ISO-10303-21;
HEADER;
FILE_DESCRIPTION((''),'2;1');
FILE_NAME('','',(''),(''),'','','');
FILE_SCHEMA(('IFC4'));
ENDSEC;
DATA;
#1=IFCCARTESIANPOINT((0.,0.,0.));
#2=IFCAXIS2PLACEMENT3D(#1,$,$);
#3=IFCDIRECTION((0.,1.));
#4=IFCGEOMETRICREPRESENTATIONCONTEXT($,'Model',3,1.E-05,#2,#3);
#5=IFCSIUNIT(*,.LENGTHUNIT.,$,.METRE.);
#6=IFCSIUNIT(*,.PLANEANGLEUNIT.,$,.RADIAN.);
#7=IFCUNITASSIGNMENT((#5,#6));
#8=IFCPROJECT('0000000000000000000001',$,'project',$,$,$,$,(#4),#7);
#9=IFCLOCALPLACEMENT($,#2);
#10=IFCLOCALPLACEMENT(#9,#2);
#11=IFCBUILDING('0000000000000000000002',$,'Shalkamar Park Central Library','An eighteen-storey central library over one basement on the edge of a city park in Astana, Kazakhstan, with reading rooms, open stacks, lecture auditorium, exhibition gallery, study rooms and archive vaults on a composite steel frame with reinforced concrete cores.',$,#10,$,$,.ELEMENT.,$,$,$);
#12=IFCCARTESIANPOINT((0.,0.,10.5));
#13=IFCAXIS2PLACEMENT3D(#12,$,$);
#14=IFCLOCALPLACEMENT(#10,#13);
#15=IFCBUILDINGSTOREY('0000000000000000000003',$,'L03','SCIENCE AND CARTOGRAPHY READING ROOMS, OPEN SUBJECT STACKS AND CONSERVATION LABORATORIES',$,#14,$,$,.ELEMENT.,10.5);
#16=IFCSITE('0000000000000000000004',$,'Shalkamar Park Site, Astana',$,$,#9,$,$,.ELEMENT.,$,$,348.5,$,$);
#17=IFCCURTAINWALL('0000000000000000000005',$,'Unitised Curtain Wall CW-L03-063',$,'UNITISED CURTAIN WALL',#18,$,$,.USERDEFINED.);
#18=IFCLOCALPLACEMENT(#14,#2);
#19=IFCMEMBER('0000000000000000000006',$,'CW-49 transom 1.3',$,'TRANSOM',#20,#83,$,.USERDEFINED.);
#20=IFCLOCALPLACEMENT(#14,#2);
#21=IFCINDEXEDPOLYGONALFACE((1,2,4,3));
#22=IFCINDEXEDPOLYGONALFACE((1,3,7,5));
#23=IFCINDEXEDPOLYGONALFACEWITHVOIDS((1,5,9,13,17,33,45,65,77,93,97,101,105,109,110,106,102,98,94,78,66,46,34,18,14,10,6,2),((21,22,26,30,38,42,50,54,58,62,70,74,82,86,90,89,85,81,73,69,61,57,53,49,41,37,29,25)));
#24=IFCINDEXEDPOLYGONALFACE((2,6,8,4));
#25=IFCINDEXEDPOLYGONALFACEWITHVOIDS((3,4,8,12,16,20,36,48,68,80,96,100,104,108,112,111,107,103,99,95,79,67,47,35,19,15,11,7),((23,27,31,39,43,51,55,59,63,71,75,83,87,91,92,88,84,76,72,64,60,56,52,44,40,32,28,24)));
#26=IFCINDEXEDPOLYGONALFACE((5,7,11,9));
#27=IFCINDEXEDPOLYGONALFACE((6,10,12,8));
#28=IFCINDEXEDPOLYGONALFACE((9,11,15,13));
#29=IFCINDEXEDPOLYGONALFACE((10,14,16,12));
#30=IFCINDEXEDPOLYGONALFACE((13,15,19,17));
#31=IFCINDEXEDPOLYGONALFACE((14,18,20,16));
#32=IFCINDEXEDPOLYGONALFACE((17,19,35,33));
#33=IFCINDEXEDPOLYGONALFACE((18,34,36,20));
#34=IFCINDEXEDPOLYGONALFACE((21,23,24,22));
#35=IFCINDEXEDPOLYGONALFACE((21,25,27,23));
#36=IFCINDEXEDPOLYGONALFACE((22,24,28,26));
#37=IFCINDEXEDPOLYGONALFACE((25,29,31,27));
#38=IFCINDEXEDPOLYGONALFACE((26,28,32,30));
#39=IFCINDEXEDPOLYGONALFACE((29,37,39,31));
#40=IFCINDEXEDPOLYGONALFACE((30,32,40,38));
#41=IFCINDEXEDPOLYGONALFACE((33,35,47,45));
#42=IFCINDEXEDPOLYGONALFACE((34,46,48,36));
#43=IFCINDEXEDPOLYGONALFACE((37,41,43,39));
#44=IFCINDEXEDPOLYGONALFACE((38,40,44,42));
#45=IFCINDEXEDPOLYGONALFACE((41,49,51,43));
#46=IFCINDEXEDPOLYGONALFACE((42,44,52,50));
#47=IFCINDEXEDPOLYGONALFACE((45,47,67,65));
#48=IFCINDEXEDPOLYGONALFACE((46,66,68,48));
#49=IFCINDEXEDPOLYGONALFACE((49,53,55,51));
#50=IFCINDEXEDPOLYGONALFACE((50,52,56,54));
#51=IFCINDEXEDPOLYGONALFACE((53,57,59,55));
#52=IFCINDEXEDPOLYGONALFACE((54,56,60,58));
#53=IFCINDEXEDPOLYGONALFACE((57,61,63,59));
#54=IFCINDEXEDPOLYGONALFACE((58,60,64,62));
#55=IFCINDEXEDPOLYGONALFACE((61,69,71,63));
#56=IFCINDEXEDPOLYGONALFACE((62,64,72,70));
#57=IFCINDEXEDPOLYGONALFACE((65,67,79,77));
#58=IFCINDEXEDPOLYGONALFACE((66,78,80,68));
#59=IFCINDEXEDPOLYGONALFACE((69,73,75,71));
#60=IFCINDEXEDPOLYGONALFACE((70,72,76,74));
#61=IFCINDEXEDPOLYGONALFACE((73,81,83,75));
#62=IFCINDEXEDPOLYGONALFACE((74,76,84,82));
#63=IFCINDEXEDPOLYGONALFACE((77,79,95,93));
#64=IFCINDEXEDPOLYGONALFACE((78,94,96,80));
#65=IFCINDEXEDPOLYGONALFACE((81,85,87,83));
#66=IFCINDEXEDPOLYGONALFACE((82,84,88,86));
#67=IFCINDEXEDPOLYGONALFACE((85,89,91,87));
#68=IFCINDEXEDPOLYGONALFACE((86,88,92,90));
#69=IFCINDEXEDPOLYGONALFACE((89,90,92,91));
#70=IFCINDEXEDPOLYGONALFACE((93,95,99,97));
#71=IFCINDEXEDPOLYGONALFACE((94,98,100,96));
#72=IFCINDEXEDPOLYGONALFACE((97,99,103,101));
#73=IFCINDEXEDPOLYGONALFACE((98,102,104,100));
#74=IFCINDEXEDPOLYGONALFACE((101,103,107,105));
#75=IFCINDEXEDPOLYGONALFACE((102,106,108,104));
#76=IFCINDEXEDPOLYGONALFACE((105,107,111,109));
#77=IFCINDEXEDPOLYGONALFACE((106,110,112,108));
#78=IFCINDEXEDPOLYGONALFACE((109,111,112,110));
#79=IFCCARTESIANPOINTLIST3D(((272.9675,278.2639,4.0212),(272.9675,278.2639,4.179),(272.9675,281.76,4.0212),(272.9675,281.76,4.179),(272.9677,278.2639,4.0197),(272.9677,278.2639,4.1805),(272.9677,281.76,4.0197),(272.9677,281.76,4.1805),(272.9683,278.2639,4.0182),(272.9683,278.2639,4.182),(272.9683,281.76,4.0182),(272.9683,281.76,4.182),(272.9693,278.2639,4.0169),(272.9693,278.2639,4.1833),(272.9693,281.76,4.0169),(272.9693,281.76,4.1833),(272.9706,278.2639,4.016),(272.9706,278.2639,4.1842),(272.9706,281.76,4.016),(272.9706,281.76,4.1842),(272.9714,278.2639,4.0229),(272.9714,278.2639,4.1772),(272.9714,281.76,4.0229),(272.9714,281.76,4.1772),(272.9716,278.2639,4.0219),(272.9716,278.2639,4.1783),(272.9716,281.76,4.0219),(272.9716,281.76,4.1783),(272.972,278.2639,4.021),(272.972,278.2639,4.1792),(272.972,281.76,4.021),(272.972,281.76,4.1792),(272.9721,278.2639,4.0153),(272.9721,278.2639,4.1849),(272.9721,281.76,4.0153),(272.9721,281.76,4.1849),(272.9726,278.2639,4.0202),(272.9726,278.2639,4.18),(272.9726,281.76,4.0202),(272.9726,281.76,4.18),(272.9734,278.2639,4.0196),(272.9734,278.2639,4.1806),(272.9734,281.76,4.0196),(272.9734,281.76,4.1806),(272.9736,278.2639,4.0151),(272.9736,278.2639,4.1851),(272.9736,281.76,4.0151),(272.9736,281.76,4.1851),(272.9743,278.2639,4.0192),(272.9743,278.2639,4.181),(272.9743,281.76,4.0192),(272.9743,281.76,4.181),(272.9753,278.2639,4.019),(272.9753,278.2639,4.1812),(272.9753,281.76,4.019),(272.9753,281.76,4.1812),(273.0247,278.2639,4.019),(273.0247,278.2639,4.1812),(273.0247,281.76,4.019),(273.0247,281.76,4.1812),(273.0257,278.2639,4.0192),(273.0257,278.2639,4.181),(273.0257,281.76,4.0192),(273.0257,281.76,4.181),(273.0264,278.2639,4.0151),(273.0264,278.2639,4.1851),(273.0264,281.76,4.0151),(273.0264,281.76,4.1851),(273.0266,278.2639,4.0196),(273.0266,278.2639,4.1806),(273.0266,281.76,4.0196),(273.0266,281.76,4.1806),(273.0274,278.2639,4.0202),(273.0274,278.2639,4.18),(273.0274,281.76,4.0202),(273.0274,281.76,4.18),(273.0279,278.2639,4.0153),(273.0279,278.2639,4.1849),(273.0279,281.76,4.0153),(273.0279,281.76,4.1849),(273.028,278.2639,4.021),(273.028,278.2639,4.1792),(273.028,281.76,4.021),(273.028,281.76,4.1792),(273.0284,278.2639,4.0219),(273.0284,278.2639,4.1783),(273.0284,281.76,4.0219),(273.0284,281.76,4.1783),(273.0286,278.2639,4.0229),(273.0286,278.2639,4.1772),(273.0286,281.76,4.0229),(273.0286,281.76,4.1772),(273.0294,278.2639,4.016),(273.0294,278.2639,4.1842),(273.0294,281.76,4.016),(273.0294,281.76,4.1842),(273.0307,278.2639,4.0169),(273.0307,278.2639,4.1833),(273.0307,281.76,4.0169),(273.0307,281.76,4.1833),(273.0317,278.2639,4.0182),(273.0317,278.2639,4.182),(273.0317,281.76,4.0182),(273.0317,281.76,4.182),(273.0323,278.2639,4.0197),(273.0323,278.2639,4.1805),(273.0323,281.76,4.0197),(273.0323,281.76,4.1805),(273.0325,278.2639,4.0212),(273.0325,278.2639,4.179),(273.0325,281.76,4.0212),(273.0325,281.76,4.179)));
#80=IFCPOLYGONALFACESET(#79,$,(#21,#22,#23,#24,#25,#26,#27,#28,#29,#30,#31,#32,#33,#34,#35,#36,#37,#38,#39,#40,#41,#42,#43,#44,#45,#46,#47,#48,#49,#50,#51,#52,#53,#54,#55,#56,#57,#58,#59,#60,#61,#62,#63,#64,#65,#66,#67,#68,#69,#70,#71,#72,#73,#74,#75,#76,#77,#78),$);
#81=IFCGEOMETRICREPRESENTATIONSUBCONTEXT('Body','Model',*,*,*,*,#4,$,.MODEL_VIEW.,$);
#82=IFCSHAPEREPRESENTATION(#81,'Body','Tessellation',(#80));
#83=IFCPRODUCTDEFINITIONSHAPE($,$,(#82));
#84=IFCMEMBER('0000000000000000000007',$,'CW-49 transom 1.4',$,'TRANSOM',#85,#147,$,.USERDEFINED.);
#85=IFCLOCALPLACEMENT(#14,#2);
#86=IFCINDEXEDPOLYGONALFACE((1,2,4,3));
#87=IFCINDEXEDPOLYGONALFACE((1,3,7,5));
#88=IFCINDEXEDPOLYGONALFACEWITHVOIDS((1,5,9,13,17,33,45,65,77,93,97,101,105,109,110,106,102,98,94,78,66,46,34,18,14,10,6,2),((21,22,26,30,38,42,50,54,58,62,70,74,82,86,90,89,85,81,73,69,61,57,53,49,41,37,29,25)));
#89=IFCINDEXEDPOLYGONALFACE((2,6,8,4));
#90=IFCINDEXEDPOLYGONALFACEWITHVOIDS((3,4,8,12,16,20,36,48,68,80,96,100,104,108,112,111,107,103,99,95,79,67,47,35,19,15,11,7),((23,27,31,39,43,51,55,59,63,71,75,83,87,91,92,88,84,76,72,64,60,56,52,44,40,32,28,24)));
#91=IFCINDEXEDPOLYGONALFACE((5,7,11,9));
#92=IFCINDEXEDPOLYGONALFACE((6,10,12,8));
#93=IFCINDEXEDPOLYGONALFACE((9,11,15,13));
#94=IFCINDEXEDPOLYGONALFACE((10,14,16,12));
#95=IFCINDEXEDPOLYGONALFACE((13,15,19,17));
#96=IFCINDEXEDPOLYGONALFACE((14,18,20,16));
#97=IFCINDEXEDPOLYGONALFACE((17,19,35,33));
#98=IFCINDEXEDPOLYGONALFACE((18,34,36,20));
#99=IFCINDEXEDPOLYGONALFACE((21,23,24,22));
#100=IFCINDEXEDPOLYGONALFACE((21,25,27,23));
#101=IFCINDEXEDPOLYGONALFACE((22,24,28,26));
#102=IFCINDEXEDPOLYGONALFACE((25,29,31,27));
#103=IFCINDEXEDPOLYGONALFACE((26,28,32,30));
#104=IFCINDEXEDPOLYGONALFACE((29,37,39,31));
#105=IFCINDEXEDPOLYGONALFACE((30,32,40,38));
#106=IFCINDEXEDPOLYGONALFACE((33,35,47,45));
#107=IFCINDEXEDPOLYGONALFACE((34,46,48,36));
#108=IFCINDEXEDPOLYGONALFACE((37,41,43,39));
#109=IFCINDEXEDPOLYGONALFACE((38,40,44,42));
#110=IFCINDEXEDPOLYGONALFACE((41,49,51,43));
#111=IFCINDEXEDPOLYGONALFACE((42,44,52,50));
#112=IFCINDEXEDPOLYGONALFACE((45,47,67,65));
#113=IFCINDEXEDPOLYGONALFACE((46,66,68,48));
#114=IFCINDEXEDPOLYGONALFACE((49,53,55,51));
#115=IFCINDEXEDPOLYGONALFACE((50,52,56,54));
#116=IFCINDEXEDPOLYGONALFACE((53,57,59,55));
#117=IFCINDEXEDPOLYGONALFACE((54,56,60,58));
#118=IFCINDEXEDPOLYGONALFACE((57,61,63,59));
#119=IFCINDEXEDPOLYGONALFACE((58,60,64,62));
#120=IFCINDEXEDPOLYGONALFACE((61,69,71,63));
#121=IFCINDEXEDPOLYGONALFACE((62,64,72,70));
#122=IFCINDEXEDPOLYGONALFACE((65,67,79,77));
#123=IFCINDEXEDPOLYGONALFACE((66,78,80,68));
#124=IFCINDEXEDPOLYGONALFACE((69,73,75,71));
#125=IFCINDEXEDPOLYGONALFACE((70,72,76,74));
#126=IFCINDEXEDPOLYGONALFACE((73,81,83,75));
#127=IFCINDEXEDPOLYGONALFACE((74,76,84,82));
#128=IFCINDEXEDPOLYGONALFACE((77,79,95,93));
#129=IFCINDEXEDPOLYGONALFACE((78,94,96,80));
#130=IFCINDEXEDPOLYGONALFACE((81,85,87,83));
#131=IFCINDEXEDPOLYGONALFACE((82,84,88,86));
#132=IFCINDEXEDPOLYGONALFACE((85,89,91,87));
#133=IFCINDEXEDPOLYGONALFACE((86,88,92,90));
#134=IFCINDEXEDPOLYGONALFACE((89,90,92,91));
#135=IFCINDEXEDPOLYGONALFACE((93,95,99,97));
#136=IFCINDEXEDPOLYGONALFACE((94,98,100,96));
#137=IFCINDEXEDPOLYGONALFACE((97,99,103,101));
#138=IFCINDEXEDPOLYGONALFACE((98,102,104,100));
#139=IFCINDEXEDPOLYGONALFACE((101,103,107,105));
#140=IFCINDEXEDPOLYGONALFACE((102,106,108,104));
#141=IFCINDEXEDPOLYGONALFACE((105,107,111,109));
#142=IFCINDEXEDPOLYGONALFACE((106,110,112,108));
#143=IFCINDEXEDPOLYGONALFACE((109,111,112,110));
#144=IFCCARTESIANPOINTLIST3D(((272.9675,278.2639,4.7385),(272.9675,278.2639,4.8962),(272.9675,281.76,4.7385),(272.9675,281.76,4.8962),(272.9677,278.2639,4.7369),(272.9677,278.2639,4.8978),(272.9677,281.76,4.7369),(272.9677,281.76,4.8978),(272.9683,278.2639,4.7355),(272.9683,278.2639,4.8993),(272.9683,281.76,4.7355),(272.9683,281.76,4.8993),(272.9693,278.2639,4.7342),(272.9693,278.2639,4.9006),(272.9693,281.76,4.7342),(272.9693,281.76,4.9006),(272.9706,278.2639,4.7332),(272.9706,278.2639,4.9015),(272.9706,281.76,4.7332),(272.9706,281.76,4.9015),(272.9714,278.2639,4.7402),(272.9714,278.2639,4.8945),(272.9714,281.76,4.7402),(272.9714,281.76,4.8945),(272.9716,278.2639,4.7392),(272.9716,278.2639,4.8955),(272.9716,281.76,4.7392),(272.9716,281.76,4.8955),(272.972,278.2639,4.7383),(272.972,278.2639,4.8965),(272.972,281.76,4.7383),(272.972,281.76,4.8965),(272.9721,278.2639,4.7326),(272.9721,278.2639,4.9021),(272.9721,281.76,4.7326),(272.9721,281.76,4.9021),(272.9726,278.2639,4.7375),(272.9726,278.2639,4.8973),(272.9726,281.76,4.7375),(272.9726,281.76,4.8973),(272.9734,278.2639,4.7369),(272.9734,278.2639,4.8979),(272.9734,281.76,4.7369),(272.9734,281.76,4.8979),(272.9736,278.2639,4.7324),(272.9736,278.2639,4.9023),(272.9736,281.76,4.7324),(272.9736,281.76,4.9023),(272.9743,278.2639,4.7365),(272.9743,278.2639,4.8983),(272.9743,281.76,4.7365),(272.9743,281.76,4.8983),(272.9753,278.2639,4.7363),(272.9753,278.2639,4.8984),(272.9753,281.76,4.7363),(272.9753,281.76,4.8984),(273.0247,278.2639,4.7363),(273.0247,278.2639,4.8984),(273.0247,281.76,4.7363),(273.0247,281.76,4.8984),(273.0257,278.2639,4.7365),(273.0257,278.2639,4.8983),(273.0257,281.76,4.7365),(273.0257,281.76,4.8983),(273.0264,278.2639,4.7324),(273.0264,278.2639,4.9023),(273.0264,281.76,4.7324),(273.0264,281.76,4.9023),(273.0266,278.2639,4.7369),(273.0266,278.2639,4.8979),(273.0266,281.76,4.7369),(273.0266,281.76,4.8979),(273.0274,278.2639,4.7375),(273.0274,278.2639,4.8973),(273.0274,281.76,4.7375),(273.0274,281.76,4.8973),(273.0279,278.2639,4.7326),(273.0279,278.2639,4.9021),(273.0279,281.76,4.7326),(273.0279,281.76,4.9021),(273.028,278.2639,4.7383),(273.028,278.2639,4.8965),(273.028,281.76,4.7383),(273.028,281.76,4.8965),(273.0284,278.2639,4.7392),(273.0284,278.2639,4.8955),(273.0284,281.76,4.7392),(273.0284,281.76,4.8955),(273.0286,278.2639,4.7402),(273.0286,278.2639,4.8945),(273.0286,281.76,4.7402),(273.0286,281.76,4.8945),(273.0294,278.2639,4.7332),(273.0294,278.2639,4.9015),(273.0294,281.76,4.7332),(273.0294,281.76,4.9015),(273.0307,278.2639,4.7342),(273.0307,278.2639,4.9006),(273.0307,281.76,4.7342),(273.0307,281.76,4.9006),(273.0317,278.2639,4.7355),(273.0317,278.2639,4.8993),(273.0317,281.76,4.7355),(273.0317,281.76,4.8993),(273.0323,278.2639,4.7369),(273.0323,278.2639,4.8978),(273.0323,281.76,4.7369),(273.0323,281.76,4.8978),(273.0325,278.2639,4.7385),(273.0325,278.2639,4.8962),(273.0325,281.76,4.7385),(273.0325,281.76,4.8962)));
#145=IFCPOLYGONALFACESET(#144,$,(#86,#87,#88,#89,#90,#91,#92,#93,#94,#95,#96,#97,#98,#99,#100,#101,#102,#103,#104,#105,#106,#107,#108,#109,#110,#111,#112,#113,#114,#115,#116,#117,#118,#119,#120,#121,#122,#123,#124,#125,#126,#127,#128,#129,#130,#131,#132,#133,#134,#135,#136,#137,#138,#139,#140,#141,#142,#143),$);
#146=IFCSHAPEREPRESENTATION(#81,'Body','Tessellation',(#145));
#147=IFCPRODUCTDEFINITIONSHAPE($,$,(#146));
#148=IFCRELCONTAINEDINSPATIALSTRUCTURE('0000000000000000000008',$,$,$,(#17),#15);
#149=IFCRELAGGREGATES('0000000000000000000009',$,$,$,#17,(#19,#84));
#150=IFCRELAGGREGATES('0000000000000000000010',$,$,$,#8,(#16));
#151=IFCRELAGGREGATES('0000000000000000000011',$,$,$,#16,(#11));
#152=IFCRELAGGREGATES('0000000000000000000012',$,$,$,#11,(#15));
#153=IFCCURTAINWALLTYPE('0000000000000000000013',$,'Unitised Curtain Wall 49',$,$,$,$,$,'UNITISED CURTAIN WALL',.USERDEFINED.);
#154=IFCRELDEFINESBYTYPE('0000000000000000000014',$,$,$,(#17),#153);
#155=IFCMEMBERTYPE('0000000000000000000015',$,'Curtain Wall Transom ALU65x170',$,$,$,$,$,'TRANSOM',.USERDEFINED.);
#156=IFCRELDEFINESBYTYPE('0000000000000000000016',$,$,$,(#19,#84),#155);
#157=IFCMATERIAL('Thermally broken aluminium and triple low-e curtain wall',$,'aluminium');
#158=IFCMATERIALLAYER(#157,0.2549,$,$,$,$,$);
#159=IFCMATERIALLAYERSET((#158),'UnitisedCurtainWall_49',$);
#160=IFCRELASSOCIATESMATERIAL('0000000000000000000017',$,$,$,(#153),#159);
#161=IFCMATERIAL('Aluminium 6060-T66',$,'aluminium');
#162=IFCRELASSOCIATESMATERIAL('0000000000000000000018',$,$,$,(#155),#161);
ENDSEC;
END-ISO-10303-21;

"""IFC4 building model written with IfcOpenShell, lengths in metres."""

from ifc_helpers import new_model, si_unit, direction, frame, origin, origin_2d, place, context, subcontext, project, spatial, hollow_rectangle, extrude, material, layer, layer_set, material_profile, profile_set, type_object, element, aggregate, save


model = new_model("IFC4")

# Units and contexts
model_context = context("Model", 3, precision=1e-05, world=origin(), true_north=direction((0.0, 1.0)))
body_context = subcontext(model_context, "Body", "Model", "MODEL_VIEW")
ifc_project = project(units=[si_unit("LENGTHUNIT", "METRE"), si_unit("PLANEANGLEUNIT", "RADIAN")], contexts=[model_context])

# Site, building, storey
site_placement = place(None, origin())
site = spatial("IfcSite", under=ifc_project, at=site_placement, Name="Shalkamar Park Site, Astana", CompositionType="ELEMENT", RefElevation=348.5)
building_placement = place(site_placement, origin())
building = spatial("IfcBuilding", under=site, at=building_placement, Name="Shalkamar Park Central Library", Description="An eighteen-storey central library over one basement on the edge of a city park in Astana, Kazakhstan, with reading rooms, open stacks, lecture auditorium, exhibition gallery, study rooms and archive vaults on a composite steel frame with reinforced concrete cores.", CompositionType="ELEMENT")
storey_placement = place(building_placement, frame((0.0, 0.0, 10.5)))
storey = spatial("IfcBuildingStorey", under=building, at=storey_placement, Name="L03", Description="SCIENCE AND CARTOGRAPHY READING ROOMS, OPEN SUBJECT STACKS AND CONSERVATION LABORATORIES", CompositionType="ELEMENT", Elevation=10.5)

# Curtain wall, members
ifc_material_1 = material(Name="Thermally broken aluminium and triple low-e curtain wall", Category="aluminium")
ifc_layer_1 = layer(ifc_material_1, 0.2549)
ifc_layer_set_1 = layer_set([ifc_layer_1], Name="UnitisedCurtainWall_49")
curtain_wall_type = type_object("IfcCurtainWallType", Name="Unitised Curtain Wall 49", ElementType="UNITISED CURTAIN WALL", PredefinedType="USERDEFINED", material=ifc_layer_set_1)
curtain_wall_placement = place(storey_placement, origin())
curtain_wall = element("IfcCurtainWall", 1, at=curtain_wall_placement, inside=storey, type_object=curtain_wall_type, Name="Unitised Curtain Wall CW-L03-063", ObjectType="UNITISED CURTAIN WALL", PredefinedType="USERDEFINED")
ifc_material_2 = material(Name="Aluminium 6060-T66", Category="aluminium")
ifc_material_profile_1 = material_profile(ifc_material_2, hollow_rectangle(XDim=0.0649, YDim=0.1699, WallThickness=0.0039, InnerFilletRadius=0.0039, OuterFilletRadius=0.0061, at=origin_2d()), Name="ALU 65x170x4")
ifc_profile_set_1 = profile_set([ifc_material_profile_1], Name="Aluminium 6060-T66")
member_type_1 = type_object("IfcMemberType", Name="Curtain Wall Transom ALU65x170", ElementType="TRANSOM", PredefinedType="USERDEFINED", material=ifc_profile_set_1)
member_1_placement = place(storey_placement, frame((273.0, 278.2639, 4.1001), z_axis=(0.0, 1.0, 0.0), x_axis=(-1.0, 0.0, 0.0)))
member_1 = element("IfcMember", 2, at=member_1_placement, type_object=member_type_1, Name="CW-49 transom 1.3", ObjectType="TRANSOM", PredefinedType="USERDEFINED", context=body_context, shape_type="SweptSolid", body=[
    extrude(hollow_rectangle(XDim=0.0649, YDim=0.1699, WallThickness=0.0039, InnerFilletRadius=0.0039, OuterFilletRadius=0.0061, at=origin_2d()), origin(), (0.0, 0.0, 1.0), 3.4961),
])
member_2_placement = place(storey_placement, frame((273.0, 278.2639, 4.8174), z_axis=(0.0, 1.0, 0.0), x_axis=(-1.0, 0.0, 0.0)))
member_2 = element("IfcMember", 3, at=member_2_placement, type_object=member_type_1, Name="CW-49 transom 1.4", ObjectType="TRANSOM", PredefinedType="USERDEFINED", context=body_context, shape_type="SweptSolid", body=[
    extrude(hollow_rectangle(XDim=0.0649, YDim=0.1699, WallThickness=0.0039, InnerFilletRadius=0.0039, OuterFilletRadius=0.0061, at=origin_2d()), origin(), (0.0, 0.0, 1.0), 3.4961),
])

aggregate(curtain_wall, [member_1, member_2])

save(model, "model.ifc")
